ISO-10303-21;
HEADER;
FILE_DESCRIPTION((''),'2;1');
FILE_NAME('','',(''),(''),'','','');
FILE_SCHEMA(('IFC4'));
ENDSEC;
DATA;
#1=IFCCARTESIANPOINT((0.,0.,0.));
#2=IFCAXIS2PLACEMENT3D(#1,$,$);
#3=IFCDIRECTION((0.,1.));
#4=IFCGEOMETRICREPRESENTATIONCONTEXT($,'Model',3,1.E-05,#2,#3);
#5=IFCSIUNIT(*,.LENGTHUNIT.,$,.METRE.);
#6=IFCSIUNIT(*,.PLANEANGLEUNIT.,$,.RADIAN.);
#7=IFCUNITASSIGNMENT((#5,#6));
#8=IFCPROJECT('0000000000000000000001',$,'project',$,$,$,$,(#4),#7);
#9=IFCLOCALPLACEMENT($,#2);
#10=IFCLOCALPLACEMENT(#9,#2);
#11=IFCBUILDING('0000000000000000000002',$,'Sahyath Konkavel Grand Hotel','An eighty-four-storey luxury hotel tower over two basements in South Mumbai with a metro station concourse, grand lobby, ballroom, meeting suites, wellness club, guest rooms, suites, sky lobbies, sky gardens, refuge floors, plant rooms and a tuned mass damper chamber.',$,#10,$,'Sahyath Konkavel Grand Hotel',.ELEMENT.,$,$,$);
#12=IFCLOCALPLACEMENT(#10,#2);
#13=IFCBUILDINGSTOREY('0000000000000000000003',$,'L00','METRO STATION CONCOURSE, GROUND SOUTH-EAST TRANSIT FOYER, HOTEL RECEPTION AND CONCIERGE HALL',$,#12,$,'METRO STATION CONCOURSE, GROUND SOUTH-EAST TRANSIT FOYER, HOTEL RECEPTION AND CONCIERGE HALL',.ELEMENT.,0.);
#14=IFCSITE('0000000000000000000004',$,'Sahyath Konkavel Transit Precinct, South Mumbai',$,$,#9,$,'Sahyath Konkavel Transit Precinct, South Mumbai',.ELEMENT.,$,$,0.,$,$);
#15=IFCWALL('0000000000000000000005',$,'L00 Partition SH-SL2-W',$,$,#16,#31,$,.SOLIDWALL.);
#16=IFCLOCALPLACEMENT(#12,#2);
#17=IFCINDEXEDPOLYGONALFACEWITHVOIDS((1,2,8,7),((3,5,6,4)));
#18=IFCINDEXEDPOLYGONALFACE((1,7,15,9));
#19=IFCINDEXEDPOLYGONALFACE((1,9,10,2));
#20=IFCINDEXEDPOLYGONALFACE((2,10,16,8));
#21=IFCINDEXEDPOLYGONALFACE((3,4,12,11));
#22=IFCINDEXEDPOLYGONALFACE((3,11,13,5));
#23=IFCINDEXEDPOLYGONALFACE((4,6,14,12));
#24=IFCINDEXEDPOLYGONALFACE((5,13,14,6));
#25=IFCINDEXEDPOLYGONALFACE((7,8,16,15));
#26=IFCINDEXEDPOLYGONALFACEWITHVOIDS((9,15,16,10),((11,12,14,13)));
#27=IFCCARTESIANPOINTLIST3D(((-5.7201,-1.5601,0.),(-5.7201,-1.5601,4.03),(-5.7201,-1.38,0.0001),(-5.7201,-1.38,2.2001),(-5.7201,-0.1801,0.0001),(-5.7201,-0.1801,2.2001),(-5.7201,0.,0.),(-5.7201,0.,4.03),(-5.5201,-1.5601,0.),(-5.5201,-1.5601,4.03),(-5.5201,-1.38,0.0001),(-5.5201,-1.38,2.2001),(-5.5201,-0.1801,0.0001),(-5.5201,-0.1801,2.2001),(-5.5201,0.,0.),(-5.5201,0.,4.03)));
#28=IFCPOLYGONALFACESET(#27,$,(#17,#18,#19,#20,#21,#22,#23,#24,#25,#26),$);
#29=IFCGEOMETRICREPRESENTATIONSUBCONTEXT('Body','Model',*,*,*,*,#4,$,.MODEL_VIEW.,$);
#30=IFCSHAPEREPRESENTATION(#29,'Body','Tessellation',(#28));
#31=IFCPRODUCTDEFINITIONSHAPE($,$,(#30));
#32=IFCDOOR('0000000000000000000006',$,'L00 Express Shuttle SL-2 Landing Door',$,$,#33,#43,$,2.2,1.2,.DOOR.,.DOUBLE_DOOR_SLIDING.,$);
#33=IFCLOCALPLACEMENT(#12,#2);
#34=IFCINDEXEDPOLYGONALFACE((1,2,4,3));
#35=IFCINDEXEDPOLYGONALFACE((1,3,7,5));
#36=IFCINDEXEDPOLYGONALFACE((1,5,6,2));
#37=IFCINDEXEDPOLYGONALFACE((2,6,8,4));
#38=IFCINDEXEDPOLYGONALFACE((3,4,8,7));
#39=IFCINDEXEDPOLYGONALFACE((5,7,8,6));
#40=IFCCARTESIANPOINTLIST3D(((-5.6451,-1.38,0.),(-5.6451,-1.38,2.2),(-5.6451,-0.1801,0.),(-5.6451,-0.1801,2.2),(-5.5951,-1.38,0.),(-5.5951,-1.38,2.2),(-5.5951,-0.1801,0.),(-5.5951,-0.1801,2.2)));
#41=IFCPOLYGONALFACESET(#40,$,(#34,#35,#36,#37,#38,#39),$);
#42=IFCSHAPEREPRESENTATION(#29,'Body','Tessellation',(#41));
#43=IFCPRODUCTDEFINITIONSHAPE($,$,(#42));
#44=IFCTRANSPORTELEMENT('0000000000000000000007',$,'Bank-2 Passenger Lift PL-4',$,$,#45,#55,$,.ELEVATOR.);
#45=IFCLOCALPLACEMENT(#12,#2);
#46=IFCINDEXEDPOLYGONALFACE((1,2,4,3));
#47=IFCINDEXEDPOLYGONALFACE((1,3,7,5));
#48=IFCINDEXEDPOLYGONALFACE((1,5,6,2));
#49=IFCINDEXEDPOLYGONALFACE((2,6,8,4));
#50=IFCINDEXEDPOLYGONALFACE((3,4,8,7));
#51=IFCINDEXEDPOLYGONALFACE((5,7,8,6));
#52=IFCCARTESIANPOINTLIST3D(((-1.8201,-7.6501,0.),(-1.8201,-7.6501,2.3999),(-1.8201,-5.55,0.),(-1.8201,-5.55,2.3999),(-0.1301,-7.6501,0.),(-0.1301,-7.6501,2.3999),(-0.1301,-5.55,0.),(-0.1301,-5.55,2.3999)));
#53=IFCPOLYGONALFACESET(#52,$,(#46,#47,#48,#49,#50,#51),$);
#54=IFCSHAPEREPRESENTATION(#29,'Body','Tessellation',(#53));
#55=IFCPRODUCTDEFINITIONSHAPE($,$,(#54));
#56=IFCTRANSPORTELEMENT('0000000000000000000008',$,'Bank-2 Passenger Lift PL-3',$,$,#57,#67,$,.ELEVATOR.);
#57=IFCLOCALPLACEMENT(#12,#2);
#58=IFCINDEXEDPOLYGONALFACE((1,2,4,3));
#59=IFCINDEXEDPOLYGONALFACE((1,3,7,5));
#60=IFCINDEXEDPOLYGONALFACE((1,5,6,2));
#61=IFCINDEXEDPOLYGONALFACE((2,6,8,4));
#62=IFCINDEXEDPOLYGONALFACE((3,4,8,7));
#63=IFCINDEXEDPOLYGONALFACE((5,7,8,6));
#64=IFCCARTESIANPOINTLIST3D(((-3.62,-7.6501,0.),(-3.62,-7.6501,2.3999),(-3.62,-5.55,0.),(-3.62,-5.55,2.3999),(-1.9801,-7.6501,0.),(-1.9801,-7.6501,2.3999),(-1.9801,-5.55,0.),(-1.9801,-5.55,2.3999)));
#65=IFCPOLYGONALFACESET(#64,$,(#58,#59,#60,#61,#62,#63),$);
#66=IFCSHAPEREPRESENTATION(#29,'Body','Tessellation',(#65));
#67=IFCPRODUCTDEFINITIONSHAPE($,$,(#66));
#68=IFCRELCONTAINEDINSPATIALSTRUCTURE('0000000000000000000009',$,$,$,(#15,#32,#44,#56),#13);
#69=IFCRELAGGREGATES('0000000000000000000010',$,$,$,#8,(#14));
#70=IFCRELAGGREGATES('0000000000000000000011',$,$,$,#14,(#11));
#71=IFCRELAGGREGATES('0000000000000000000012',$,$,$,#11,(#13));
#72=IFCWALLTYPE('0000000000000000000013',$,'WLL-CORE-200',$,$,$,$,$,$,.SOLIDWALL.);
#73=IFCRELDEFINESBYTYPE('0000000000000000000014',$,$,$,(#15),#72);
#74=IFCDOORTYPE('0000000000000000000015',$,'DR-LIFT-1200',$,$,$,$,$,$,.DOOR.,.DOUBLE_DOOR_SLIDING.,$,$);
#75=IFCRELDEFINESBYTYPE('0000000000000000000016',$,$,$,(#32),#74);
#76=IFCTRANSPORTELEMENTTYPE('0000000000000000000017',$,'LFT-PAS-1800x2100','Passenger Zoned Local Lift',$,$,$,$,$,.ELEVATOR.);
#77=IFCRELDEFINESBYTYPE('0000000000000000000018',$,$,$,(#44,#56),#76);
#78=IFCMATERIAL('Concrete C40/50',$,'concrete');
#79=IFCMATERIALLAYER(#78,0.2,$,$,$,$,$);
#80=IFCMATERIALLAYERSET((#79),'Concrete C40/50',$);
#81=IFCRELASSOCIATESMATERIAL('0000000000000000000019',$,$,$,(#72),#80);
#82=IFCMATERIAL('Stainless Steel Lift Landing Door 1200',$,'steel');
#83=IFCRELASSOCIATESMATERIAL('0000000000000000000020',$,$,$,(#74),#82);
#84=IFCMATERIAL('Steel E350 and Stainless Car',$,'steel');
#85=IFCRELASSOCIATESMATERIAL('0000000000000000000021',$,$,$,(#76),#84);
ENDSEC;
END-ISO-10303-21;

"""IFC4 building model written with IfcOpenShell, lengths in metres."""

from ifc_helpers import new_model, si_unit, direction, frame, frame_2d, origin, origin_2d, place, context, subcontext, project, spatial, rectangle, extrude, source, transform, mapped, material, layer, layer_set, type_object, element, fill, save


model = new_model("IFC4")

# Units and contexts
model_context = context("Model", 3, precision=1e-05, world=origin(), true_north=direction((0.0, 1.0)))
body_context = subcontext(model_context, "Body", "Model", "MODEL_VIEW")
ifc_project = project(units=[si_unit("LENGTHUNIT", "METRE"), si_unit("PLANEANGLEUNIT", "RADIAN")], contexts=[model_context])

# Site, building, storey
site_placement = place(None, origin())
site = spatial("IfcSite", under=ifc_project, at=site_placement, Name="Sahyath Konkavel Transit Precinct, South Mumbai", LongName="Sahyath Konkavel Transit Precinct, South Mumbai", CompositionType="ELEMENT", RefElevation=0.0)
building_placement = place(site_placement, origin())
building = spatial("IfcBuilding", under=site, at=building_placement, Name="Sahyath Konkavel Grand Hotel", Description="An eighty-four-storey luxury hotel tower over two basements in South Mumbai with a metro station concourse, grand lobby, ballroom, meeting suites, wellness club, guest rooms, suites, sky lobbies, sky gardens, refuge floors, plant rooms and a tuned mass damper chamber.", LongName="Sahyath Konkavel Grand Hotel", CompositionType="ELEMENT")
storey_placement = place(building_placement, origin())
storey = spatial("IfcBuildingStorey", under=building, at=storey_placement, Name="L00", Description="METRO STATION CONCOURSE, GROUND SOUTH-EAST TRANSIT FOYER, HOTEL RECEPTION AND CONCIERGE HALL", LongName="METRO STATION CONCOURSE, GROUND SOUTH-EAST TRANSIT FOYER, HOTEL RECEPTION AND CONCIERGE HALL", CompositionType="ELEMENT", Elevation=0.0)

# Shared definitions
ifc_material_1 = material(Name="Concrete C40/50", Category="concrete")
ifc_layer = layer(ifc_material_1, 0.2)
ifc_layer_set = layer_set([ifc_layer], Name="Concrete C40/50")
wall_type = type_object("IfcWallType", Name="WLL-CORE-200", PredefinedType="SOLIDWALL", material=ifc_layer_set)

# Shared definitions
ifc_material_2 = material(Name="Stainless Steel Lift Landing Door 1200", Category="steel")
door_type_1 = type_object("IfcDoorType", Name="DR-LIFT-1200", OperationType="DOUBLE_DOOR_SLIDING", PredefinedType="DOOR", material=ifc_material_2)
shared_shape_1 = source(origin(), body_context, "Body", "SweptSolid", [
    extrude(rectangle(XDim=1.2, YDim=0.05, at=origin_2d()), origin(), (0.0, 0.0, 1.0), 2.2),
])

# Wall, opening, door
wall_1_placement = place(storey_placement, frame((-5.6201, -1.5601, 0.0), z_axis=(0.0, 0.0, 1.0), x_axis=(0.0, 1.0, 0.0)))
wall_1 = element("IfcWall", 1, at=wall_1_placement, inside=storey, type_object=wall_type, Name="L00 Partition SH-SL2-W", PredefinedType="SOLIDWALL", context=body_context, shape_type="SweptSolid", body=[
    extrude(rectangle(XDim=1.5601, YDim=0.2, at=frame_2d((0.78, 0.0))), origin(), (0.0, 0.0, 1.0), 4.03),
])
opening_1_placement = place(wall_1_placement, frame((0.1799, 0.0, 0.0)))
opening_1 = element("IfcOpeningElement", 2, at=opening_1_placement, cuts=wall_1, PredefinedType="OPENING", context=body_context, shape_type="SweptSolid", body=[
    extrude(rectangle(XDim=1.2, YDim=2.2, at=frame_2d((0.6001, 1.1001))), frame((0.0, 0.1099, 0.0), z_axis=(0.0, -1.0, 0.0), x_axis=(1.0, 0.0, 0.0)), (0.0, 0.0, 1.0), 0.22),
])
door_1_placement = place(opening_1_placement, frame((0.6001, 0.0, 0.0)))
door_1 = element("IfcDoor", 3, at=door_1_placement, inside=storey, type_object=door_type_1, Name="L00 Express Shuttle SL-2 Landing Door", OperationType="DOUBLE_DOOR_SLIDING", OverallHeight=2.2, OverallWidth=1.2, PredefinedType="DOOR", context=body_context, shape_type="MappedRepresentation", body=[
    mapped(shared_shape_1, transform((0.0, 0.0, 0.0), scale=1.0)),
])
fill(opening_1, door_1)

# Transport elements
ifc_material_3 = material(Name="Steel E350 and Stainless Car", Category="steel")
transport_element_type = type_object("IfcTransportElementType", Name="LFT-PAS-1800x2100", Description="Passenger Zoned Local Lift", PredefinedType="ELEVATOR", material=ifc_material_3)
shared_shape_2 = source(origin(), body_context, "Body", "SweptSolid", [
    extrude(rectangle(XDim=1.6899, YDim=2.1001, at=origin_2d()), origin(), (0.0, 0.0, 1.0), 2.3999),
])
transport_element_1_placement = place(storey_placement, frame((-0.9751, -6.6001, 0.0), z_axis=(0.0, 0.0, 1.0), x_axis=(1.0, 0.0, 0.0)))
element("IfcTransportElement", 4, at=transport_element_1_placement, inside=storey, type_object=transport_element_type, Name="Bank-2 Passenger Lift PL-4", PredefinedType="ELEVATOR", context=body_context, shape_type="MappedRepresentation", body=[
    mapped(shared_shape_2, transform((0.0, 0.0, 0.0), scale=1.0)),
])
shared_shape_3 = source(origin(), body_context, "Body", "SweptSolid", [
    extrude(rectangle(XDim=1.6399, YDim=2.1001, at=origin_2d()), origin(), (0.0, 0.0, 1.0), 2.3999),
])
transport_element_2_placement = place(storey_placement, frame((-2.8, -6.6001, 0.0), z_axis=(0.0, 0.0, 1.0), x_axis=(1.0, 0.0, 0.0)))
element("IfcTransportElement", 5, at=transport_element_2_placement, inside=storey, type_object=transport_element_type, Name="Bank-2 Passenger Lift PL-3", PredefinedType="ELEVATOR", context=body_context, shape_type="MappedRepresentation", body=[
    mapped(shared_shape_3, transform((0.0, 0.0, 0.0), scale=1.0)),
])

save(model, "model.ifc")
